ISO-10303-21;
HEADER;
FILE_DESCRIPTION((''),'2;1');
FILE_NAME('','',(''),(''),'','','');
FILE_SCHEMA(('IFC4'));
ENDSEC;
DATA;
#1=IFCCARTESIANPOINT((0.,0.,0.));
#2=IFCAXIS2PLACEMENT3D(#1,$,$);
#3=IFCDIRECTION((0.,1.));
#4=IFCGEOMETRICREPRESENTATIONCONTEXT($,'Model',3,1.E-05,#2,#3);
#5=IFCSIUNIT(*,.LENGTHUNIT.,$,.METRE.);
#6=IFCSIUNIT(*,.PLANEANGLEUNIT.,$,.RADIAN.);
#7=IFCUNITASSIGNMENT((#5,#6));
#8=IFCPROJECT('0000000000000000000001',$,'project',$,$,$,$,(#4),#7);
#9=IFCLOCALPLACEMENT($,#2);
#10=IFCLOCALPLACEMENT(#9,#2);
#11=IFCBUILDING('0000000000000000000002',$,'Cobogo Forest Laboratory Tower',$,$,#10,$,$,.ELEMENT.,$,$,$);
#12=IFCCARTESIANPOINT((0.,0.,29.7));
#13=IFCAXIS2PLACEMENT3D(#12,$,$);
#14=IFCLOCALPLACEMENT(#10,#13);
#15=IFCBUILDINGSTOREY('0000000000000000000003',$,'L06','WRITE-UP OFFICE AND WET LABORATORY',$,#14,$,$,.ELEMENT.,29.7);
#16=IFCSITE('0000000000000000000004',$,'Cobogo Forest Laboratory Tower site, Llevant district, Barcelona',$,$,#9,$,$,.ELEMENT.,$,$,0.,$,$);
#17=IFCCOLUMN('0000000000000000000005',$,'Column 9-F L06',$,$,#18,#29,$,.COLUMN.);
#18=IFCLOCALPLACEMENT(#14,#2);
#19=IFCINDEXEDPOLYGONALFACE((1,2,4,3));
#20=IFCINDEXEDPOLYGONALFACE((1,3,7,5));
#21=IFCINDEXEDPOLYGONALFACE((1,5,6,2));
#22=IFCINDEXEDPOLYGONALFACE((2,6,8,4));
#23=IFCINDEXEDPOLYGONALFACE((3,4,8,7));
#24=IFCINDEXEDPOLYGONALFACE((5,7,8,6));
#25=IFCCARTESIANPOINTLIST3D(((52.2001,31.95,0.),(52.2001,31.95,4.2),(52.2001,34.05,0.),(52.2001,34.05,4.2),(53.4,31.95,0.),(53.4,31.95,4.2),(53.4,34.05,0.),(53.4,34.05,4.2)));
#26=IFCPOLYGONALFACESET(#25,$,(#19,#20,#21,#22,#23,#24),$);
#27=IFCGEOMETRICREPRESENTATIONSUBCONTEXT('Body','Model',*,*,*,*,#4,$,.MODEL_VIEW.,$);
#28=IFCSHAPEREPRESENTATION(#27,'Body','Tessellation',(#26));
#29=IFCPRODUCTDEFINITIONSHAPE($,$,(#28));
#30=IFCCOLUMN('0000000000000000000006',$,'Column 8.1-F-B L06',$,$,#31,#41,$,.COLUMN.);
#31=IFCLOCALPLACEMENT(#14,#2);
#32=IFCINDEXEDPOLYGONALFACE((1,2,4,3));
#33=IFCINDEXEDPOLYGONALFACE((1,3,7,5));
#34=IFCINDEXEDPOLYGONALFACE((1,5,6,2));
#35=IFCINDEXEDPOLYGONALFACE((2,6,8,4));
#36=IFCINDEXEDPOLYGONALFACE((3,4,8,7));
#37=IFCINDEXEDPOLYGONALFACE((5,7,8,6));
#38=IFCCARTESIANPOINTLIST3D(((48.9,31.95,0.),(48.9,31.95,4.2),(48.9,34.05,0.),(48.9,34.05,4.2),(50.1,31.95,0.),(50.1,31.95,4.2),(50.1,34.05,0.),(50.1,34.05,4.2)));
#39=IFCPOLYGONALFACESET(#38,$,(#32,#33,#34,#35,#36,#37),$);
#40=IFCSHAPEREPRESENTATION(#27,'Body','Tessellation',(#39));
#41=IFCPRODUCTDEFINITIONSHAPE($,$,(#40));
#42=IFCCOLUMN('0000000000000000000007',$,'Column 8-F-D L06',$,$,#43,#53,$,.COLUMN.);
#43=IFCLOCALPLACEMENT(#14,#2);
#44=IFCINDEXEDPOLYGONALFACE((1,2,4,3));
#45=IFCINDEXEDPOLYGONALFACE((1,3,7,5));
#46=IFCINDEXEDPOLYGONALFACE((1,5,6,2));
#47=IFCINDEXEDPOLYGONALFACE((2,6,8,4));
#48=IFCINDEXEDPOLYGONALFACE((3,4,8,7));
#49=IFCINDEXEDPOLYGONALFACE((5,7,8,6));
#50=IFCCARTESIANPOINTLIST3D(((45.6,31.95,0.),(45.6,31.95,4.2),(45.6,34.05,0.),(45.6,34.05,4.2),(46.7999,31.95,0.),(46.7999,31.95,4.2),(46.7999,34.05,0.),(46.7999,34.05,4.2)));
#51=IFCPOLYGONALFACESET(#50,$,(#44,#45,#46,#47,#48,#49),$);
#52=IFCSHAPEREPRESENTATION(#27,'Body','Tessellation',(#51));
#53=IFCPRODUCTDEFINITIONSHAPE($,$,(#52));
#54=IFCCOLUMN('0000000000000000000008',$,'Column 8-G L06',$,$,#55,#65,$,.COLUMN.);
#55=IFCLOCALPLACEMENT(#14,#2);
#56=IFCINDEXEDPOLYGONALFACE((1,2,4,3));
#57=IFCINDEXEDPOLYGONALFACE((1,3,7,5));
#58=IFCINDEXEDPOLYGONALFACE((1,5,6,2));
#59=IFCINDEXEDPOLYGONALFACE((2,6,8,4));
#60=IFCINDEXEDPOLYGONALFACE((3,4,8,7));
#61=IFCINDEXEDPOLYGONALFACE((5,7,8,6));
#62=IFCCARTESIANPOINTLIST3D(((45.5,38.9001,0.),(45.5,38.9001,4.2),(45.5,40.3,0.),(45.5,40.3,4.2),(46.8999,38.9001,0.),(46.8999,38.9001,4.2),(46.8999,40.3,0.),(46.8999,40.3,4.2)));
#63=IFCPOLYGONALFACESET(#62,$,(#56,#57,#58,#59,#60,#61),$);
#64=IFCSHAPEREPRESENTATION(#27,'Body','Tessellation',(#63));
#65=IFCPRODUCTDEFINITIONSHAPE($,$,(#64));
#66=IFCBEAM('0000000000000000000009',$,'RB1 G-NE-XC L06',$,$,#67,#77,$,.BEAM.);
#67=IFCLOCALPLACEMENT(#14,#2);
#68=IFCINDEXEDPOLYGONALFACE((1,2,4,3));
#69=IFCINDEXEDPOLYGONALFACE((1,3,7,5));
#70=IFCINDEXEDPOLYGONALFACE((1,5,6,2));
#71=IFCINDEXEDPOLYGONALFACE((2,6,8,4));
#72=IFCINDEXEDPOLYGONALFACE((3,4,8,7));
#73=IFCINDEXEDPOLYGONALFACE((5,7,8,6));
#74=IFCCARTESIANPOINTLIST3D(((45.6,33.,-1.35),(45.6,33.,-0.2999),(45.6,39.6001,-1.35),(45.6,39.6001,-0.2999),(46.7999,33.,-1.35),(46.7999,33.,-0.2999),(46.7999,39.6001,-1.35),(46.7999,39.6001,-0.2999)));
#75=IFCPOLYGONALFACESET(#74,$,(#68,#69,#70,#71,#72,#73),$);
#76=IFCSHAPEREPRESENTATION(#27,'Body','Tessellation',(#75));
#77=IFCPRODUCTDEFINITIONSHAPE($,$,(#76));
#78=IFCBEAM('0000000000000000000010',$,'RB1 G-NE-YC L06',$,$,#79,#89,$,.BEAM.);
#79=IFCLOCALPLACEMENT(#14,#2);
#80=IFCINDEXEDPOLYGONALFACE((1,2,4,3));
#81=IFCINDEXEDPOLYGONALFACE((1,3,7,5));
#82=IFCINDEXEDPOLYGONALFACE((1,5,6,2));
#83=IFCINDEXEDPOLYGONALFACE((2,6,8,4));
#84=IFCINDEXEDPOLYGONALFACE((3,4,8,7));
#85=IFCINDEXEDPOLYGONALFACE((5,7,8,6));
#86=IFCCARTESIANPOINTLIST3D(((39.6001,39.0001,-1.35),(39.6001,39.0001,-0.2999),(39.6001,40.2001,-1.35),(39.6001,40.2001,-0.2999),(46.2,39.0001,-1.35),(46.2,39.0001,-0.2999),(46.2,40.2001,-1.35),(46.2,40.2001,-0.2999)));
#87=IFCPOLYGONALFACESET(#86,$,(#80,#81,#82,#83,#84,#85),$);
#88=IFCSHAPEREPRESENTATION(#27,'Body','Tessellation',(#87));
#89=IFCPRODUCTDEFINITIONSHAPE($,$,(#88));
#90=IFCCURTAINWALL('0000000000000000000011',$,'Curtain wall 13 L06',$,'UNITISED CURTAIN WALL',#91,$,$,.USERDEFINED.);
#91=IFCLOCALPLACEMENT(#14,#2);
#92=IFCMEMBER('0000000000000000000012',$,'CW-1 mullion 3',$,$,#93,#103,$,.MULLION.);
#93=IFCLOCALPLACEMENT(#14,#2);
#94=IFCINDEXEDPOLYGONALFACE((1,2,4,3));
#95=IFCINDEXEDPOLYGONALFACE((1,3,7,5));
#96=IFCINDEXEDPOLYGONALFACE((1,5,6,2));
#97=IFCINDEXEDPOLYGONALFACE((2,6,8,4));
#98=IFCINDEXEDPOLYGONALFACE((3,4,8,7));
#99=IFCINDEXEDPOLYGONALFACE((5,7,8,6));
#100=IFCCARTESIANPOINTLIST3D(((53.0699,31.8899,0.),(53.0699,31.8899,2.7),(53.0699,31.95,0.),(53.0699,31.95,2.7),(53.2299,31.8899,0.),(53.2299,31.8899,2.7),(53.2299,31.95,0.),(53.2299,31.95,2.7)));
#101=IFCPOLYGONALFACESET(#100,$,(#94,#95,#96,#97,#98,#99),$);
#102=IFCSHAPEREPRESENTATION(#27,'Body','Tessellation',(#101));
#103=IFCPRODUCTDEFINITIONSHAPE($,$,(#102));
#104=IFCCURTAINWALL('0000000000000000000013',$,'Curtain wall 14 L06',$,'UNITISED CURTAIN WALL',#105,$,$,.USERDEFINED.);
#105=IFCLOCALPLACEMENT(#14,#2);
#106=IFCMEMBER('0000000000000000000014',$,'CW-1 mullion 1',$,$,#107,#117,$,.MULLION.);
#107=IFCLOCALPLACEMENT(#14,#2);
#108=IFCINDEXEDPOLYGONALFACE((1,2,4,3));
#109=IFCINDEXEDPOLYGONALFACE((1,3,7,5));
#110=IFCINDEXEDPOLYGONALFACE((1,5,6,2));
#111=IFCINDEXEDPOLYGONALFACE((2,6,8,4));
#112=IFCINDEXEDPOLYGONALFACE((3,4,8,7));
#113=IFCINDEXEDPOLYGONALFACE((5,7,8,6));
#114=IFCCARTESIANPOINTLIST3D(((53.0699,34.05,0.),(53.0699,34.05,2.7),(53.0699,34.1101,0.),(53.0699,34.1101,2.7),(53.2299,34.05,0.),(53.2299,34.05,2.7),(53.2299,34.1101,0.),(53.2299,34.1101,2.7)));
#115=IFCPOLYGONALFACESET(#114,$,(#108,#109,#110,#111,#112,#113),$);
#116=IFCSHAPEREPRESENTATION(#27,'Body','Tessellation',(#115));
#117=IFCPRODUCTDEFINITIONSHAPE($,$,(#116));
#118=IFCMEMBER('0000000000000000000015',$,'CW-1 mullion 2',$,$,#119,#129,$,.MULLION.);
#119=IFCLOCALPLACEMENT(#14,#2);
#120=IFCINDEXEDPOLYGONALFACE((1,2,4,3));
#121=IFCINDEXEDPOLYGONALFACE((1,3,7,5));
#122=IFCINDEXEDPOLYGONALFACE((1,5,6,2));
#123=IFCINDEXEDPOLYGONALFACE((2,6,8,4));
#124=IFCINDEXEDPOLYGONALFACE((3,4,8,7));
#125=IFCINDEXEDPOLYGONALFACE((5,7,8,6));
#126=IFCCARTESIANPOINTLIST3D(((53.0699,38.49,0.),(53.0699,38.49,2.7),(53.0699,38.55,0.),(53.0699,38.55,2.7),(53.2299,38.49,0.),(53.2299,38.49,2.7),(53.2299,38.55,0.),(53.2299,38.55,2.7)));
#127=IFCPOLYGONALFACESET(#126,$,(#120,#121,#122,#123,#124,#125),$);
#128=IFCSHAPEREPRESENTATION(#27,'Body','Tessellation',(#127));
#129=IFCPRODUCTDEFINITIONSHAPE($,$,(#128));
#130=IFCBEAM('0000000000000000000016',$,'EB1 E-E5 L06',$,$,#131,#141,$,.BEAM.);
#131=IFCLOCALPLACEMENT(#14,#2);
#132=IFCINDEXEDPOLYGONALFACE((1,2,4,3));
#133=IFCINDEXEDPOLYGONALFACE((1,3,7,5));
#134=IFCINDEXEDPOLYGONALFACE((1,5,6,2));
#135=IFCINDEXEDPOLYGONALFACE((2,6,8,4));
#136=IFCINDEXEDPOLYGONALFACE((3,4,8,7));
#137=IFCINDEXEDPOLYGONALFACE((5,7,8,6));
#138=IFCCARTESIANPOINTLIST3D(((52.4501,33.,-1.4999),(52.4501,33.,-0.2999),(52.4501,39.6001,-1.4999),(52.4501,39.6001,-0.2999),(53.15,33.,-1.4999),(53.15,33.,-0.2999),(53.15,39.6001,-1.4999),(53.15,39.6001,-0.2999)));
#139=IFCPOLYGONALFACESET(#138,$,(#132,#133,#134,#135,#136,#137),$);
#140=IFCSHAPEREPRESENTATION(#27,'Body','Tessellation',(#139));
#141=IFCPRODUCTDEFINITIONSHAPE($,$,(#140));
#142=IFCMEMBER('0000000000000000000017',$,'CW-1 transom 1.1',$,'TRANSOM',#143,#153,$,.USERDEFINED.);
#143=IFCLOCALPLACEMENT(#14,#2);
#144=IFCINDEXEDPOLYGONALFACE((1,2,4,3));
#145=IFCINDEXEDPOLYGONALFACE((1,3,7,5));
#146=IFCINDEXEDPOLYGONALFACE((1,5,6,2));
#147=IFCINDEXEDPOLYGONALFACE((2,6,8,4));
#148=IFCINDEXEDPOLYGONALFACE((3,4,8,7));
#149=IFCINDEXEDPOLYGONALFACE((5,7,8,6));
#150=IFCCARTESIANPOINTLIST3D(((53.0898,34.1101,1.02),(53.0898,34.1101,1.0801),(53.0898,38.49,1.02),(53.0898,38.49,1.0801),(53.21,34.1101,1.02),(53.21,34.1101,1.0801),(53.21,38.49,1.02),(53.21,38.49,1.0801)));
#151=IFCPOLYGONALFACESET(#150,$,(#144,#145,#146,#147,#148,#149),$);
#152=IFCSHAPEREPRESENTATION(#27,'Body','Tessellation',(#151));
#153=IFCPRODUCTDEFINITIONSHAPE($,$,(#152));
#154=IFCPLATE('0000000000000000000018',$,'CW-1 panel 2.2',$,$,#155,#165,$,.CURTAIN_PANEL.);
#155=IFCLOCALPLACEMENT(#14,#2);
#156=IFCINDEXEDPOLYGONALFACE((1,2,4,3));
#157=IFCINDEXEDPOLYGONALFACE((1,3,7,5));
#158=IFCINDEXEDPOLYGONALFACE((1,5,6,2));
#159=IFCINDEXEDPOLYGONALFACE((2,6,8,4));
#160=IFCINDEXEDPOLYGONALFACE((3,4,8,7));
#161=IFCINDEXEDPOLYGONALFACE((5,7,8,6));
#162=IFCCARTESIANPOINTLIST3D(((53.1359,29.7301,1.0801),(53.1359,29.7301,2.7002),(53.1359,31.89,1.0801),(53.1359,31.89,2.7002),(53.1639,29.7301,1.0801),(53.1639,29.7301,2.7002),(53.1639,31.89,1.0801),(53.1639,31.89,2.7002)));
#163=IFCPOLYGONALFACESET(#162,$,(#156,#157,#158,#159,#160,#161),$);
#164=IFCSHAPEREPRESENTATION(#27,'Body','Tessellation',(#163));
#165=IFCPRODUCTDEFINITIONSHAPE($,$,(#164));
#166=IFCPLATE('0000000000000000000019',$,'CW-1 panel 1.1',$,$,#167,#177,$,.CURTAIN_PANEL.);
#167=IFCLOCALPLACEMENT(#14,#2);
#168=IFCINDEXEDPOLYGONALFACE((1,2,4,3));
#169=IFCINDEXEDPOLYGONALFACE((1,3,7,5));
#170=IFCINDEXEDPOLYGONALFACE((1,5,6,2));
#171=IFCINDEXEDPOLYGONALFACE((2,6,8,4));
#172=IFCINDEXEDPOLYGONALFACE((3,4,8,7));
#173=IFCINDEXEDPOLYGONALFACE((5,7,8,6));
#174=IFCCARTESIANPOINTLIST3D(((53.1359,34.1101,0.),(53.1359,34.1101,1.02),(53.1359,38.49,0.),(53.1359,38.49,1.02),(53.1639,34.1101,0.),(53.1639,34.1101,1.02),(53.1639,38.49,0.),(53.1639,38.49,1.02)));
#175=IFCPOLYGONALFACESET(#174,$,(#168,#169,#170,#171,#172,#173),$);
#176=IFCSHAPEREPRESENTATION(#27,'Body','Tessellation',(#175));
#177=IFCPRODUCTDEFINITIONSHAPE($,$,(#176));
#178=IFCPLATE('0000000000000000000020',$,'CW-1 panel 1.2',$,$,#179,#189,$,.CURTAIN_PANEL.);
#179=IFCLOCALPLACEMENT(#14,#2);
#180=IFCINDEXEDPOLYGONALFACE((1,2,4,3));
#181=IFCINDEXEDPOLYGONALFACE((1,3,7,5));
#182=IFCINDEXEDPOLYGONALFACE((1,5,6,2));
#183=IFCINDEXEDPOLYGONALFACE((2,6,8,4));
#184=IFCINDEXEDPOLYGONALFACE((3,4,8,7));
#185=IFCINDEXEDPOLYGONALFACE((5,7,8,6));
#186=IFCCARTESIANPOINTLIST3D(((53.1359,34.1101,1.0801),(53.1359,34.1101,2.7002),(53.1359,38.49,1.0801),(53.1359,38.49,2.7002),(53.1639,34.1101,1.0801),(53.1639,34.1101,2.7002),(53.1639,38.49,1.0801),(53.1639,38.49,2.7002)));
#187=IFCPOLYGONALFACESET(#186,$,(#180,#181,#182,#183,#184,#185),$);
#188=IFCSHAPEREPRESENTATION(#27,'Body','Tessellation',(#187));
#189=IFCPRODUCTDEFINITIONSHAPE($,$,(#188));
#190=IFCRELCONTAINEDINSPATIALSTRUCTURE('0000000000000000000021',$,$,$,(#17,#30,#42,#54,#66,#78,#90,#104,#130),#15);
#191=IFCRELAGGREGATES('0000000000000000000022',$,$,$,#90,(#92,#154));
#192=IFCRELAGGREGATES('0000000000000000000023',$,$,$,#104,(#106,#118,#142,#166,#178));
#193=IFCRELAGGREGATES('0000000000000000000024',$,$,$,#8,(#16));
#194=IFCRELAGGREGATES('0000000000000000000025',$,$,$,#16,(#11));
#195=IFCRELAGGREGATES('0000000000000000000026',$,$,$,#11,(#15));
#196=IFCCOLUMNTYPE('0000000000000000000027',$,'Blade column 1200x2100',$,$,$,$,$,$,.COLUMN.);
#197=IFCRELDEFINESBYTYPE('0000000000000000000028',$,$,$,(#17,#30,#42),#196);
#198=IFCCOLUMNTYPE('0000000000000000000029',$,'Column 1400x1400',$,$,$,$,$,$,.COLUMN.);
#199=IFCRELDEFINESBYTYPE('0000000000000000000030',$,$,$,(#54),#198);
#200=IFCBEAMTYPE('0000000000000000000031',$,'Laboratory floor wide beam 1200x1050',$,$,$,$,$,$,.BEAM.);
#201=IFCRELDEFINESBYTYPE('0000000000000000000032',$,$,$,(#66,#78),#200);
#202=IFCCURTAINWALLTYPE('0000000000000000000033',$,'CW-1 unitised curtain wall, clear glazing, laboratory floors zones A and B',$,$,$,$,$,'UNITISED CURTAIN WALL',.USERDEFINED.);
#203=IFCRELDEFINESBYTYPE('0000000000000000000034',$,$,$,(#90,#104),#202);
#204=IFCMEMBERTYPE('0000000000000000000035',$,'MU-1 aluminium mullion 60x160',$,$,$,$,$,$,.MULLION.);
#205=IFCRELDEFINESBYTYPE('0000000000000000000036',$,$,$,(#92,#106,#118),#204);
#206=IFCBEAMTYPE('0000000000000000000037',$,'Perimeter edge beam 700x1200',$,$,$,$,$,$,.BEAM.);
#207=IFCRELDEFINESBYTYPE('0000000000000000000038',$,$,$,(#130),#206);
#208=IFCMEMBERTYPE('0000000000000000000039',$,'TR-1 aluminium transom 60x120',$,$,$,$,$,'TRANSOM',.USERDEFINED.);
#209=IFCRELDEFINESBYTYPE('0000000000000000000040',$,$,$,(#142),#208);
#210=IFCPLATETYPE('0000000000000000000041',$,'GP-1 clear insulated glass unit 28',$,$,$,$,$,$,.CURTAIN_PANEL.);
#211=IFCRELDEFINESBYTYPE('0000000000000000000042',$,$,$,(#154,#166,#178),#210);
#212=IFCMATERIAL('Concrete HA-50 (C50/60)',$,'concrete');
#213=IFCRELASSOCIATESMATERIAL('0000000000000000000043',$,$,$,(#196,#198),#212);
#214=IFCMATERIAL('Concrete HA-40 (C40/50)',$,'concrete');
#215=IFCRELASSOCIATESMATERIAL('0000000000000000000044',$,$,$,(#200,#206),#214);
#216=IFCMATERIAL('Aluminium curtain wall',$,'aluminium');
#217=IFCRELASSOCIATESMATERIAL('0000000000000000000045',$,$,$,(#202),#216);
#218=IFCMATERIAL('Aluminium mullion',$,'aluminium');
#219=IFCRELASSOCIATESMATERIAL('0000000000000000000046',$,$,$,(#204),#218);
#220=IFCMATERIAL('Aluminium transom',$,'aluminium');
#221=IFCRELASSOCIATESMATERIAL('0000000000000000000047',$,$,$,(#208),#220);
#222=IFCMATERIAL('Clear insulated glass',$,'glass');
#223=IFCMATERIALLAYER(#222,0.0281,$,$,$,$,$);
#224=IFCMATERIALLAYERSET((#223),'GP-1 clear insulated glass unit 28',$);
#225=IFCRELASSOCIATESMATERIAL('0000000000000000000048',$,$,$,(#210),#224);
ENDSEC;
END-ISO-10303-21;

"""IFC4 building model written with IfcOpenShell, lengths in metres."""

from ifc_helpers import new_model, si_unit, direction, frame, origin, origin_2d, place, context, subcontext, project, spatial, rectangle, extrude, material, layer, layer_set, material_profile, profile_set, type_object, element, aggregate, save


model = new_model("IFC4")

# Units and contexts
model_context = context("Model", 3, precision=1e-05, world=origin(), true_north=direction((0.0, 1.0)))
body_context = subcontext(model_context, "Body", "Model", "MODEL_VIEW")
ifc_project = project(units=[si_unit("LENGTHUNIT", "METRE"), si_unit("PLANEANGLEUNIT", "RADIAN")], contexts=[model_context])

# Site, building, storey
site_placement = place(None, origin())
site = spatial("IfcSite", under=ifc_project, at=site_placement, Name="Cobogo Forest Laboratory Tower site, Llevant district, Barcelona", CompositionType="ELEMENT", RefElevation=0.0)
building_placement = place(site_placement, origin())
building = spatial("IfcBuilding", under=site, at=building_placement, Name="Cobogo Forest Laboratory Tower", CompositionType="ELEMENT")
storey_placement = place(building_placement, frame((0.0, 0.0, 29.7)))
storey = spatial("IfcBuildingStorey", under=building, at=storey_placement, Name="L06", Description="WRITE-UP OFFICE AND WET LABORATORY", CompositionType="ELEMENT", Elevation=29.7)

# Columns
ifc_material_1 = material(Name="Concrete HA-50 (C50/60)", Category="concrete")
ifc_material_profile_1 = material_profile(ifc_material_1, rectangle(XDim=2.1001, YDim=1.2, at=origin_2d()), Name="RC 1200x2100")
ifc_profile_set_1 = profile_set([ifc_material_profile_1], Name="Concrete HA-50 (C50/60)")
column_type_1 = type_object("IfcColumnType", Name="Blade column 1200x2100", PredefinedType="COLUMN", material=ifc_profile_set_1)
for number, where, z_axis, x_axis, name in (
    (1, (52.8, 33.0, 0.0), (0.0, 0.0, 1.0), (0.0, 1.0, 0.0), "Column 9-F L06"),
    (2, (49.5, 33.0, 0.0), (0.0, 0.0, 1.0), (0.0, 1.0, 0.0), "Column 8.1-F-B L06"),
    (3, (46.2, 33.0, 0.0), (0.0, 0.0, 1.0), (0.0, 1.0, 0.0), "Column 8-F-D L06"),
):
    element("IfcColumn", number, at=place(storey_placement, frame(where, z_axis=z_axis, x_axis=x_axis)), inside=storey, type_object=column_type_1, Name=name, PredefinedType="COLUMN", context=body_context, shape_type="SweptSolid", body=[
        extrude(rectangle(XDim=2.1001, YDim=1.2, at=origin_2d()), origin(), (0.0, 0.0, 1.0), 4.2),
    ])
ifc_material_profile_2 = material_profile(ifc_material_1, rectangle(XDim=1.3999, YDim=1.3999, at=origin_2d()), Name="RC 1400x1400")
ifc_profile_set_2 = profile_set([ifc_material_profile_2], Name="Concrete HA-50 (C50/60)")
column_type_2 = type_object("IfcColumnType", Name="Column 1400x1400", PredefinedType="COLUMN", material=ifc_profile_set_2)
column_placement = place(storey_placement, frame((46.2, 39.6001, 0.0), z_axis=(0.0, 0.0, 1.0), x_axis=(1.0, 0.0, 0.0)))
element("IfcColumn", 4, at=column_placement, inside=storey, type_object=column_type_2, Name="Column 8-G L06", PredefinedType="COLUMN", context=body_context, shape_type="SweptSolid", body=[
    extrude(rectangle(XDim=1.3999, YDim=1.3999, at=origin_2d()), origin(), (0.0, 0.0, 1.0), 4.2),
])

# Beams
ifc_material_2 = material(Name="Concrete HA-40 (C40/50)", Category="concrete")
ifc_material_profile_3 = material_profile(ifc_material_2, rectangle(XDim=1.2, YDim=1.05, at=origin_2d()), Name="RC 1200x1050")
ifc_profile_set_3 = profile_set([ifc_material_profile_3], Name="Concrete HA-40 (C40/50)")
beam_type_1 = type_object("IfcBeamType", Name="Laboratory floor wide beam 1200x1050", PredefinedType="BEAM", material=ifc_profile_set_3)
beam_1_placement = place(storey_placement, frame((46.2, 39.6001, -0.825), z_axis=(0.0, -1.0, 0.0), x_axis=(1.0, 0.0, 0.0)))
element("IfcBeam", 5, at=beam_1_placement, inside=storey, type_object=beam_type_1, Name="RB1 G-NE-XC L06", PredefinedType="BEAM", context=body_context, shape_type="SweptSolid", body=[
    extrude(rectangle(XDim=1.2, YDim=1.05, at=origin_2d()), origin(), (0.0, 0.0, 1.0), 6.6001),
])
beam_2_placement = place(storey_placement, frame((46.2, 39.6001, -0.825), z_axis=(-1.0, 0.0, 0.0), x_axis=(0.0, -1.0, 0.0)))
element("IfcBeam", 6, at=beam_2_placement, inside=storey, type_object=beam_type_1, Name="RB1 G-NE-YC L06", PredefinedType="BEAM", context=body_context, shape_type="SweptSolid", body=[
    extrude(rectangle(XDim=1.2, YDim=1.05, at=origin_2d()), origin(), (0.0, 0.0, 1.0), 6.5999),
])

# Curtain wall, member
ifc_material_3 = material(Name="Aluminium curtain wall", Category="aluminium")
curtain_wall_type = type_object("IfcCurtainWallType", Name="CW-1 unitised curtain wall, clear glazing, laboratory floors zones A and B", ElementType="UNITISED CURTAIN WALL", PredefinedType="USERDEFINED", material=ifc_material_3)
curtain_wall_1_placement = place(storey_placement, origin())
curtain_wall_1 = element("IfcCurtainWall", 7, at=curtain_wall_1_placement, inside=storey, type_object=curtain_wall_type, Name="Curtain wall 13 L06", ObjectType="UNITISED CURTAIN WALL", PredefinedType="USERDEFINED")
ifc_material_4 = material(Name="Aluminium mullion", Category="aluminium")
ifc_material_profile_4 = material_profile(ifc_material_4, rectangle(XDim=0.0601, YDim=0.1599, at=origin_2d()), Name="AL 60x160")
ifc_profile_set_4 = profile_set([ifc_material_profile_4], Name="Aluminium mullion")
member_type_1 = type_object("IfcMemberType", Name="MU-1 aluminium mullion 60x160", PredefinedType="MULLION", material=ifc_profile_set_4)
member_1_placement = place(storey_placement, frame((53.1499, 31.9199, 0.0), z_axis=(0.0, 0.0, 1.0), x_axis=(0.0, 1.0, 0.0)))
member_1 = element("IfcMember", 8, at=member_1_placement, type_object=member_type_1, Name="CW-1 mullion 3", PredefinedType="MULLION", context=body_context, shape_type="SweptSolid", body=[
    extrude(rectangle(XDim=0.0601, YDim=0.1599, at=origin_2d()), origin(), (0.0, 0.0, 1.0), 2.7),
])

# Curtain wall, members
curtain_wall_2_placement = place(storey_placement, origin())
curtain_wall_2 = element("IfcCurtainWall", 9, at=curtain_wall_2_placement, inside=storey, type_object=curtain_wall_type, Name="Curtain wall 14 L06", ObjectType="UNITISED CURTAIN WALL", PredefinedType="USERDEFINED")
member_2_placement = place(storey_placement, frame((53.1499, 34.0801, 0.0), z_axis=(0.0, 0.0, 1.0), x_axis=(0.0, 1.0, 0.0)))
member_2 = element("IfcMember", 10, at=member_2_placement, type_object=member_type_1, Name="CW-1 mullion 1", PredefinedType="MULLION", context=body_context, shape_type="SweptSolid", body=[
    extrude(rectangle(XDim=0.0601, YDim=0.1599, at=origin_2d()), origin(), (0.0, 0.0, 1.0), 2.7),
])
member_3_placement = place(storey_placement, frame((53.1499, 38.52, 0.0), z_axis=(0.0, 0.0, 1.0), x_axis=(0.0, 1.0, 0.0)))
member_3 = element("IfcMember", 11, at=member_3_placement, type_object=member_type_1, Name="CW-1 mullion 2", PredefinedType="MULLION", context=body_context, shape_type="SweptSolid", body=[
    extrude(rectangle(XDim=0.0601, YDim=0.1599, at=origin_2d()), origin(), (0.0, 0.0, 1.0), 2.7),
])

# Beam
ifc_material_profile_5 = material_profile(ifc_material_2, rectangle(XDim=0.7, YDim=1.2, at=origin_2d()), Name="RC 700x1200")
ifc_profile_set_5 = profile_set([ifc_material_profile_5], Name="Concrete HA-40 (C40/50)")
beam_type_2 = type_object("IfcBeamType", Name="Perimeter edge beam 700x1200", PredefinedType="BEAM", material=ifc_profile_set_5)
beam_3_placement = place(storey_placement, frame((52.8, 33.0, -0.8999), z_axis=(0.0, 1.0, 0.0), x_axis=(-1.0, 0.0, 0.0)))
element("IfcBeam", 12, at=beam_3_placement, inside=storey, type_object=beam_type_2, Name="EB1 E-E5 L06", PredefinedType="BEAM", context=body_context, shape_type="SweptSolid", body=[
    extrude(rectangle(XDim=0.7, YDim=1.2, at=origin_2d()), origin(), (0.0, 0.0, 1.0), 6.6001),
])

# Member
ifc_material_5 = material(Name="Aluminium transom", Category="aluminium")
ifc_material_profile_6 = material_profile(ifc_material_5, rectangle(XDim=0.1201, YDim=0.0601, at=origin_2d()), Name="AL 60x120")
ifc_profile_set_6 = profile_set([ifc_material_profile_6], Name="Aluminium transom")
member_type_2 = type_object("IfcMemberType", Name="TR-1 aluminium transom 60x120", ElementType="TRANSOM", PredefinedType="USERDEFINED", material=ifc_profile_set_6)
member_4_placement = place(storey_placement, frame((53.1499, 34.1101, 1.05), z_axis=(0.0, 1.0, 0.0), x_axis=(-1.0, 0.0, 0.0)))
member_4 = element("IfcMember", 13, at=member_4_placement, type_object=member_type_2, Name="CW-1 transom 1.1", ObjectType="TRANSOM", PredefinedType="USERDEFINED", context=body_context, shape_type="SweptSolid", body=[
    extrude(rectangle(XDim=0.1201, YDim=0.0601, at=origin_2d()), origin(), (0.0, 0.0, 1.0), 4.3799),
])

# Plates
ifc_material_6 = material(Name="Clear insulated glass", Category="glass")
ifc_layer_1 = layer(ifc_material_6, 0.0281)
ifc_layer_set_1 = layer_set([ifc_layer_1], Name="GP-1 clear insulated glass unit 28")
plate_type_1 = type_object("IfcPlateType", Name="GP-1 clear insulated glass unit 28", PredefinedType="CURTAIN_PANEL", material=ifc_layer_set_1)
plate_1_placement = place(storey_placement, frame((53.1499, 30.8101, 1.0801), z_axis=(0.0, 0.0, 1.0), x_axis=(0.0, 1.0, 0.0)))
plate_1 = element("IfcPlate", 14, at=plate_1_placement, type_object=plate_type_1, Name="CW-1 panel 2.2", PredefinedType="CURTAIN_PANEL", context=body_context, shape_type="SweptSolid", body=[
    extrude(rectangle(XDim=2.1599, YDim=0.0281, at=origin_2d()), origin(), (0.0, 0.0, 1.0), 1.6201),
])
aggregate(curtain_wall_1, [member_1, plate_1])
plate_2_placement = place(storey_placement, frame((53.1499, 36.3, 0.0), z_axis=(0.0, 0.0, 1.0), x_axis=(0.0, 1.0, 0.0)))
plate_2 = element("IfcPlate", 15, at=plate_2_placement, type_object=plate_type_1, Name="CW-1 panel 1.1", PredefinedType="CURTAIN_PANEL", context=body_context, shape_type="SweptSolid", body=[
    extrude(rectangle(XDim=4.3799, YDim=0.0281, at=origin_2d()), origin(), (0.0, 0.0, 1.0), 1.02),
])
plate_3_placement = place(storey_placement, frame((53.1499, 36.3, 1.0801), z_axis=(0.0, 0.0, 1.0), x_axis=(0.0, 1.0, 0.0)))
plate_3 = element("IfcPlate", 16, at=plate_3_placement, type_object=plate_type_1, Name="CW-1 panel 1.2", PredefinedType="CURTAIN_PANEL", context=body_context, shape_type="SweptSolid", body=[
    extrude(rectangle(XDim=4.3799, YDim=0.0281, at=origin_2d()), origin(), (0.0, 0.0, 1.0), 1.6201),
])
aggregate(curtain_wall_2, [member_2, member_3, member_4, plate_2, plate_3])

save(model, "model.ifc")
